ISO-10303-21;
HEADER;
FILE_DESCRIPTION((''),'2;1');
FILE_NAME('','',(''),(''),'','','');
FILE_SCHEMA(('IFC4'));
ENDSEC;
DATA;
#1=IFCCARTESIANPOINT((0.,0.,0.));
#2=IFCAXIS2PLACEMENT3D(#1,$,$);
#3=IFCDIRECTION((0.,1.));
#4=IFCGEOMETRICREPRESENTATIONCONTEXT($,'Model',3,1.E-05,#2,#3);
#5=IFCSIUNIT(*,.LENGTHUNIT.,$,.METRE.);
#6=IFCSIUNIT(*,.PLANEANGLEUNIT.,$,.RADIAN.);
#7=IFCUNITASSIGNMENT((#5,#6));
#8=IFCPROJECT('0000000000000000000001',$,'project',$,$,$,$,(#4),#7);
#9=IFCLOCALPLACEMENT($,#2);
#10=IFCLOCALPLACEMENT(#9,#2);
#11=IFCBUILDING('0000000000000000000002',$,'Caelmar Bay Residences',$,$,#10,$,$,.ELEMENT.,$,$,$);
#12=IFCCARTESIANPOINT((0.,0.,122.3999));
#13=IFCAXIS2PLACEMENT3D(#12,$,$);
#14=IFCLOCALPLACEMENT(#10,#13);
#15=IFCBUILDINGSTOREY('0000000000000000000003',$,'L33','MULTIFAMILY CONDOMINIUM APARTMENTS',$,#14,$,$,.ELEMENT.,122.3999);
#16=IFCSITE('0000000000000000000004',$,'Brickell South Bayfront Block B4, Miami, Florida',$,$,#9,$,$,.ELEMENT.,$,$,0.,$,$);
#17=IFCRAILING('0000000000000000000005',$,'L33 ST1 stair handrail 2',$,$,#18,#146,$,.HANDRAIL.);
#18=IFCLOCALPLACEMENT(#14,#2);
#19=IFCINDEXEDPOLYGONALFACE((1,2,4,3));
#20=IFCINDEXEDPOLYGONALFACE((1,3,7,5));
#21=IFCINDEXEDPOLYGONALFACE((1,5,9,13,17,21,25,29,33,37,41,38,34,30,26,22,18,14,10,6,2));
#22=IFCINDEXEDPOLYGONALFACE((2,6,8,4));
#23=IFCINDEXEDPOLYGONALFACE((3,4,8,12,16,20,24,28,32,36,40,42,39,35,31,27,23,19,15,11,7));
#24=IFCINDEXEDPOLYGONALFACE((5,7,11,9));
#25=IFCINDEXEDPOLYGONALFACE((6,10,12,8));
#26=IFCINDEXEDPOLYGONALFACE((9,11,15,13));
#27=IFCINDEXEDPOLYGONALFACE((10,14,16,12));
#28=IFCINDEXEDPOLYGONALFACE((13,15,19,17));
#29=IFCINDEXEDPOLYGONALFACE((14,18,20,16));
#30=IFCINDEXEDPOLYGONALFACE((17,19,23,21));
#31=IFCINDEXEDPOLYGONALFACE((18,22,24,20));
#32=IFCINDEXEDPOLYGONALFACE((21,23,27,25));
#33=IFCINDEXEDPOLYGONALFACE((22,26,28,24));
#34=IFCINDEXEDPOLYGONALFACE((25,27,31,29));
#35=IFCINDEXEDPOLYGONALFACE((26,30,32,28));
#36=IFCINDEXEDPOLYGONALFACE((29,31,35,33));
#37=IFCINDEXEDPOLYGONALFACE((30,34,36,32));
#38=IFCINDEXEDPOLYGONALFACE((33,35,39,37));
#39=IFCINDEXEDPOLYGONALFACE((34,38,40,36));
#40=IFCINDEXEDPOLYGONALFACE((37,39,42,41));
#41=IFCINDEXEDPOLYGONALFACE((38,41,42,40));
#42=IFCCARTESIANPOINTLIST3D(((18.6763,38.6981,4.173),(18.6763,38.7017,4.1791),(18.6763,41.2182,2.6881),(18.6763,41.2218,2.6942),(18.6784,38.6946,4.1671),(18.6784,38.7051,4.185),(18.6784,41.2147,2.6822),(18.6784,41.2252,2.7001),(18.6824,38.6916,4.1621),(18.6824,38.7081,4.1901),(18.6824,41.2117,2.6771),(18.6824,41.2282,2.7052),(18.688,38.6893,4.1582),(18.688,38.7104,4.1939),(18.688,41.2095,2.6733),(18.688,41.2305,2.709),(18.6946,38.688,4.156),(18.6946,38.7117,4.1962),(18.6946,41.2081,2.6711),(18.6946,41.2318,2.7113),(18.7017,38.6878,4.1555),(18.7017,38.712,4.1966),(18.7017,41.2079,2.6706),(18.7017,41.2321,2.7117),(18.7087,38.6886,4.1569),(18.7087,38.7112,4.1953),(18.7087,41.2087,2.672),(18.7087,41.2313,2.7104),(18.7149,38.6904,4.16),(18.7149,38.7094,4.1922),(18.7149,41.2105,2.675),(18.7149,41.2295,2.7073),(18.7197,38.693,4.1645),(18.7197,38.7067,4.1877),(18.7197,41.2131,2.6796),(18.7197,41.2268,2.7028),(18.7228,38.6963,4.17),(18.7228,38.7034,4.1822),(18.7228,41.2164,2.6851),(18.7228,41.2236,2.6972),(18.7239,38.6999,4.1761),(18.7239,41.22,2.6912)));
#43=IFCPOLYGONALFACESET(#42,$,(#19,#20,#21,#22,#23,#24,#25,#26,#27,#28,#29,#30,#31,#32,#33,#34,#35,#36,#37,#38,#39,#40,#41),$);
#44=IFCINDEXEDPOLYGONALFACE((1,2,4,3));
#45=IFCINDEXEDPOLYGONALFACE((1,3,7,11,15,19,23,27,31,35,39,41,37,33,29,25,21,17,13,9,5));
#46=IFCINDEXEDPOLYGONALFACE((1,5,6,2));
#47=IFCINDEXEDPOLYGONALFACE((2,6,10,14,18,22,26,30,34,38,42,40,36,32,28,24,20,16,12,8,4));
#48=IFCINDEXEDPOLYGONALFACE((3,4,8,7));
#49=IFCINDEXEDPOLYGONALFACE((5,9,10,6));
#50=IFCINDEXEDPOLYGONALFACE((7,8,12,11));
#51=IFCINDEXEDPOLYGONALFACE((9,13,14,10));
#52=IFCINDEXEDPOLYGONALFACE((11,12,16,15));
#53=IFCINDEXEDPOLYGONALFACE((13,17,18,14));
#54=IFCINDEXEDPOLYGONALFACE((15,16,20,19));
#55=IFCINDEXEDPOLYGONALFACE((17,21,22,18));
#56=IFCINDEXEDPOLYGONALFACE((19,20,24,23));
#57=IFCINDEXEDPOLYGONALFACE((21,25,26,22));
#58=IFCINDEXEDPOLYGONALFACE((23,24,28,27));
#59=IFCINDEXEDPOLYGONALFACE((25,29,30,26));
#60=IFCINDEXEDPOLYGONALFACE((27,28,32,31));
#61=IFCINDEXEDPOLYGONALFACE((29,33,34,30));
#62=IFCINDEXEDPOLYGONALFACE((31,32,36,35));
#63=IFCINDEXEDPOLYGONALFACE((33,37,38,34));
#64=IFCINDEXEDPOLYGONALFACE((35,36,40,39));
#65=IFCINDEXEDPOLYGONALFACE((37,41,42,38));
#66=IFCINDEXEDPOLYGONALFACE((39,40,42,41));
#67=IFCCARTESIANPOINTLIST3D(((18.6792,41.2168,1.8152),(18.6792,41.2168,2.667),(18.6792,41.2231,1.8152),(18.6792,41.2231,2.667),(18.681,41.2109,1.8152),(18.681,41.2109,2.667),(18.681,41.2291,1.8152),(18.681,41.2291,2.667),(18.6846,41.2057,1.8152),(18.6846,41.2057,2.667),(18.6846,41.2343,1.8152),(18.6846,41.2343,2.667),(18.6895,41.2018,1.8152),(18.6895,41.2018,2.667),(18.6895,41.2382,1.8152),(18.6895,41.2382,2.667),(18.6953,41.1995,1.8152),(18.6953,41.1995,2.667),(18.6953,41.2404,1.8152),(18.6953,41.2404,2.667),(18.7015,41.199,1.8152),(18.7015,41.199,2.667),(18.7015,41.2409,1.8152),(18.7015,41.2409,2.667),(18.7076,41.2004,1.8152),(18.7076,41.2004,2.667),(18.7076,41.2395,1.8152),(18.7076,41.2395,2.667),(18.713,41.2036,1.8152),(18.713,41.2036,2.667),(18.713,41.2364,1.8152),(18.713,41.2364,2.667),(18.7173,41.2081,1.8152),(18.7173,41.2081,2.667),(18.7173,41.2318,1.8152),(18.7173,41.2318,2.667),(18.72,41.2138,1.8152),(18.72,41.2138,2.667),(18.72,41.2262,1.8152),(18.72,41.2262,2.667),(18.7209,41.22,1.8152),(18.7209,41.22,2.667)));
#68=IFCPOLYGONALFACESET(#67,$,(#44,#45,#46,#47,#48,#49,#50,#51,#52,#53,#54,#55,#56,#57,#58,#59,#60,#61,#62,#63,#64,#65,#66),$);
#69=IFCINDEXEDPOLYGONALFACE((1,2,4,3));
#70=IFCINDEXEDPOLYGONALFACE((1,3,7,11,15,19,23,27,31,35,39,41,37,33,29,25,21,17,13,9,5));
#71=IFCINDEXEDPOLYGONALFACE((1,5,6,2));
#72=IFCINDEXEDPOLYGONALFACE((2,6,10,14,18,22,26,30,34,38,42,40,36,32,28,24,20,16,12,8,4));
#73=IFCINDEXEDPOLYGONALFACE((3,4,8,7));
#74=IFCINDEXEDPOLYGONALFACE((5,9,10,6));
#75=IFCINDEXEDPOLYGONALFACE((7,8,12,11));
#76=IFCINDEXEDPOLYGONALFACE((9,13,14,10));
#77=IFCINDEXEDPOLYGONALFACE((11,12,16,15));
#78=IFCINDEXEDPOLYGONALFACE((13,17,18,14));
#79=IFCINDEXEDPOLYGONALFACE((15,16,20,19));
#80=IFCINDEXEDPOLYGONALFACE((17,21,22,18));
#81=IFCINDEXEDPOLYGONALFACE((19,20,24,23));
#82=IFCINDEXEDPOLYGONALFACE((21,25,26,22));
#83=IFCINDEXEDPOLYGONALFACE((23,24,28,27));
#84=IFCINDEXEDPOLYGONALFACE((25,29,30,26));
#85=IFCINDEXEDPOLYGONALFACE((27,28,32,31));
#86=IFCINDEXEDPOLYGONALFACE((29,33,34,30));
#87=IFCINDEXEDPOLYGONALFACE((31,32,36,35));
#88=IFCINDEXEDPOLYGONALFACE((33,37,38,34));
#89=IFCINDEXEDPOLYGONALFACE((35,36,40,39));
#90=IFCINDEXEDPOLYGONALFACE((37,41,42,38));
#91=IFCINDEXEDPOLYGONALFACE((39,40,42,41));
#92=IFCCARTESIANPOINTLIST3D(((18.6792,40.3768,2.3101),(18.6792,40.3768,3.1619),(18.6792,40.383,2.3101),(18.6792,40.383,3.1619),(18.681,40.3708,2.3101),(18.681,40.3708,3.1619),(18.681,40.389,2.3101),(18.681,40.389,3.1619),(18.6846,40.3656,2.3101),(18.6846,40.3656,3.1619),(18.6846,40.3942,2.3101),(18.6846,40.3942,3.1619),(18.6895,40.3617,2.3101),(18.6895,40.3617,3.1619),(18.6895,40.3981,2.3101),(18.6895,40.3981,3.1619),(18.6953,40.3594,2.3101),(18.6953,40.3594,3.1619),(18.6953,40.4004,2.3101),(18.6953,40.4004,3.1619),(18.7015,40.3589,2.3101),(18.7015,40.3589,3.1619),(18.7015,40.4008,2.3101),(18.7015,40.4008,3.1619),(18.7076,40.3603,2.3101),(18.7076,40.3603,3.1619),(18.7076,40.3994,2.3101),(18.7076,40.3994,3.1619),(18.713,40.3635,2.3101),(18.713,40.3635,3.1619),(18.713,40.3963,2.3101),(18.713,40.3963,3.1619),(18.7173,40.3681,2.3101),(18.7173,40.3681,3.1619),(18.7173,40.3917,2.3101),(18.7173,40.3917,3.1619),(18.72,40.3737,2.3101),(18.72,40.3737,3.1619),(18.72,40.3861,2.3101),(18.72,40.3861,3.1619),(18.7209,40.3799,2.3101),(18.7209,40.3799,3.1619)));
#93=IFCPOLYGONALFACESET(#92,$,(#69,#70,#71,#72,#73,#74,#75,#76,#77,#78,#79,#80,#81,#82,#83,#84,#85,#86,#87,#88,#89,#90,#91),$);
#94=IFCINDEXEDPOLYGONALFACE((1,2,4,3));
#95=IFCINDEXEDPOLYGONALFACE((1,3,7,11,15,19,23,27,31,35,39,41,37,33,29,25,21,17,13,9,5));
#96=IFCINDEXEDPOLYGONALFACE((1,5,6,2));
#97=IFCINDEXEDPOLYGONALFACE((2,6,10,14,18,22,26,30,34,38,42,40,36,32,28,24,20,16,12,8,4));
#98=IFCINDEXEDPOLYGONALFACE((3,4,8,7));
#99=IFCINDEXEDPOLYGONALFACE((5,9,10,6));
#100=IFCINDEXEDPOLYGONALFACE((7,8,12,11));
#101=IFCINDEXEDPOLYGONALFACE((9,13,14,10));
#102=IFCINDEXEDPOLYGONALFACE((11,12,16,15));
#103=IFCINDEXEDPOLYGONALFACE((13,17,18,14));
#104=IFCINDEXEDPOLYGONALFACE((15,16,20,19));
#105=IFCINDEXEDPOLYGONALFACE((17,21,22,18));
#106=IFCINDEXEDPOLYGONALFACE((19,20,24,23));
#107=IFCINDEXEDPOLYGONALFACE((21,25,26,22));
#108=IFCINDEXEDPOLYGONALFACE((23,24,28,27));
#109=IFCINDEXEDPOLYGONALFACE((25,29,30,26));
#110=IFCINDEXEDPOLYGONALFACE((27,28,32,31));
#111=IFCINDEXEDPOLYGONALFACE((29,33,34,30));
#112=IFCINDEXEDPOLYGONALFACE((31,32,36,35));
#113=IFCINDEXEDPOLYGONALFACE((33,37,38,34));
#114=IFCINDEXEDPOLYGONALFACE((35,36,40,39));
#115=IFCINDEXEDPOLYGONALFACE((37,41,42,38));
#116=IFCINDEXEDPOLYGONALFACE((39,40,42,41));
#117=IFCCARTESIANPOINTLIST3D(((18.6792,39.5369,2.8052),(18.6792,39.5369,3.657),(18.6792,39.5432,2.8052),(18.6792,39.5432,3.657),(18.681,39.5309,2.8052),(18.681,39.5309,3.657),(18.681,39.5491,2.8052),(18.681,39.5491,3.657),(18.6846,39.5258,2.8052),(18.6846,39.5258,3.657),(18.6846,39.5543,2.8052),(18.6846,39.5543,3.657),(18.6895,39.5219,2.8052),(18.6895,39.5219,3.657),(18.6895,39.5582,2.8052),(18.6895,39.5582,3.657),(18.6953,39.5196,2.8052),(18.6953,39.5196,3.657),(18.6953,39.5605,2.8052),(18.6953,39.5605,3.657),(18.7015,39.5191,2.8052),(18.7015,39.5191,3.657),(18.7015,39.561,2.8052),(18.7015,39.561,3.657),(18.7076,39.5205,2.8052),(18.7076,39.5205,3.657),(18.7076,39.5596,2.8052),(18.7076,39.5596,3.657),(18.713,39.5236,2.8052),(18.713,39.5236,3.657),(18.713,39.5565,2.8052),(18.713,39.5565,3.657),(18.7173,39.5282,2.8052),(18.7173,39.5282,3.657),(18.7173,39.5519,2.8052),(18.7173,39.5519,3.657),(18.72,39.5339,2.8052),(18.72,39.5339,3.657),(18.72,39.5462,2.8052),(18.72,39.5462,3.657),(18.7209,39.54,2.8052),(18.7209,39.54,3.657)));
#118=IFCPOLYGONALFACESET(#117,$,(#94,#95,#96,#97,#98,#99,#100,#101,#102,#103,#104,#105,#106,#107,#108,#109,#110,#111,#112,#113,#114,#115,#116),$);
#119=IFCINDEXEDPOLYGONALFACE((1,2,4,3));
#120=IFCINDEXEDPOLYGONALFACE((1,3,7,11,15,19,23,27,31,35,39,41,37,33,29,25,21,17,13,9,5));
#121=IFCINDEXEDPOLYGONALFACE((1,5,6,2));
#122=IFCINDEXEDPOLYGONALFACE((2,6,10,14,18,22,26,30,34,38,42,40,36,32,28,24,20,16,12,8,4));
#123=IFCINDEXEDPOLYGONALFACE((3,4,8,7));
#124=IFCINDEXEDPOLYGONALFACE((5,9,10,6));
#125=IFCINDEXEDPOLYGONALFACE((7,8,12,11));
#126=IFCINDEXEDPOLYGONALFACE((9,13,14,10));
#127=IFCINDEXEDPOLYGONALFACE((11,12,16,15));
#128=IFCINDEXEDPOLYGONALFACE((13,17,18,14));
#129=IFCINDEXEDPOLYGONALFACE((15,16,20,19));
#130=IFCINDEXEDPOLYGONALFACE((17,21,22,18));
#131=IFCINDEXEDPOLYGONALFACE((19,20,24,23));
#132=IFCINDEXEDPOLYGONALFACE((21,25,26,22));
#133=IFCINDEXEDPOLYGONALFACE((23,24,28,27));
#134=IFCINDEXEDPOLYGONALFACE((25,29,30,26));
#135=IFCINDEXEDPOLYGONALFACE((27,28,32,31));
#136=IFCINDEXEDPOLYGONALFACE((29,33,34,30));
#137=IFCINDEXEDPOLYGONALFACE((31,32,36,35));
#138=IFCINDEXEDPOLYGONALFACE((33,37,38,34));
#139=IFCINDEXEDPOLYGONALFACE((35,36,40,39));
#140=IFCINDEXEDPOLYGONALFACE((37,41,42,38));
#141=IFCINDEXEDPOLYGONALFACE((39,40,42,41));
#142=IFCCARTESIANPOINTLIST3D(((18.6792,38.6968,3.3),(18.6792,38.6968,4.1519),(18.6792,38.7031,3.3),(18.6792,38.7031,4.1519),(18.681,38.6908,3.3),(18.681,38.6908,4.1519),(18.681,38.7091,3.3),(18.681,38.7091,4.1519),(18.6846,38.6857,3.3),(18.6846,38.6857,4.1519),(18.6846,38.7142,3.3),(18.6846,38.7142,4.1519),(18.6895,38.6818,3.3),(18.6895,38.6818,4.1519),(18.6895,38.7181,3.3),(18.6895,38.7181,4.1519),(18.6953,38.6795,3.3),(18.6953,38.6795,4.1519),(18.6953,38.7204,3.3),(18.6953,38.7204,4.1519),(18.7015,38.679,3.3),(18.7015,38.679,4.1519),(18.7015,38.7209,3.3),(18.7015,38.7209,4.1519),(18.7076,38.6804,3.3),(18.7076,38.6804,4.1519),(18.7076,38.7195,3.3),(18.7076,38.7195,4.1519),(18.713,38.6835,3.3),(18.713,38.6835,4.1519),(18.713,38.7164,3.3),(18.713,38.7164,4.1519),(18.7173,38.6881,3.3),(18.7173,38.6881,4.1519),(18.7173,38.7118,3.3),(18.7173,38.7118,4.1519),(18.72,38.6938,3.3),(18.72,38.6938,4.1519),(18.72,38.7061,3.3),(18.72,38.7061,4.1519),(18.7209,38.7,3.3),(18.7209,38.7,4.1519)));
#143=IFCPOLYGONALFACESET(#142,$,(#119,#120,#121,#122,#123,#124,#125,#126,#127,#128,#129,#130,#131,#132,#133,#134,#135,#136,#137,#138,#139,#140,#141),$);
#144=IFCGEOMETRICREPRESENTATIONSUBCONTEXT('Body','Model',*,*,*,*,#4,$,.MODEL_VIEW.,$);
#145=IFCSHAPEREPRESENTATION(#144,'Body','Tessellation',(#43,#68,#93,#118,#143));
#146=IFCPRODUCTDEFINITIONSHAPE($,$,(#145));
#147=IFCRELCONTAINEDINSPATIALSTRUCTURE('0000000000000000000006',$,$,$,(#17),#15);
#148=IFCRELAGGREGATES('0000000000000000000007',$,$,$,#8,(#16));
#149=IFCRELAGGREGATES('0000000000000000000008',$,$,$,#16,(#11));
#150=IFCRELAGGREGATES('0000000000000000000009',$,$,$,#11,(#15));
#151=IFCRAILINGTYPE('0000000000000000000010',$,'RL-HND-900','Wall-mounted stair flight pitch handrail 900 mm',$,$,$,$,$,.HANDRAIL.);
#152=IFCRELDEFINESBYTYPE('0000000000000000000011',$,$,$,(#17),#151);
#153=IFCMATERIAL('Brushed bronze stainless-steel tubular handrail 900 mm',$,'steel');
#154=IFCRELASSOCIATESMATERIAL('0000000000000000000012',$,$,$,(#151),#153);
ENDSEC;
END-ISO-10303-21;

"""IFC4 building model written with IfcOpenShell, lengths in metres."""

from ifc_helpers import new_model, si_unit, direction, frame, origin, origin_2d, place, context, subcontext, project, spatial, circle, extrude, material, type_object, element, save


model = new_model("IFC4")

# Units and contexts
model_context = context("Model", 3, precision=1e-05, world=origin(), true_north=direction((0.0, 1.0)))
body_context = subcontext(model_context, "Body", "Model", "MODEL_VIEW")
ifc_project = project(units=[si_unit("LENGTHUNIT", "METRE"), si_unit("PLANEANGLEUNIT", "RADIAN")], contexts=[model_context])

# Site, building, storey
site_placement = place(None, origin())
site = spatial("IfcSite", under=ifc_project, at=site_placement, Name="Brickell South Bayfront Block B4, Miami, Florida", CompositionType="ELEMENT", RefElevation=0.0)
building_placement = place(site_placement, origin())
building = spatial("IfcBuilding", under=site, at=building_placement, Name="Caelmar Bay Residences", CompositionType="ELEMENT")
storey_placement = place(building_placement, frame((0.0, 0.0, 122.3999)))
storey = spatial("IfcBuildingStorey", under=building, at=storey_placement, Name="L33", Description="MULTIFAMILY CONDOMINIUM APARTMENTS", CompositionType="ELEMENT", Elevation=122.3999)

# Railing
ifc_material_1 = material(Name="Brushed bronze stainless-steel tubular handrail 900 mm", Category="steel")
railing_type_1 = type_object("IfcRailingType", Name="RL-HND-900", Description="Wall-mounted stair flight pitch handrail 900 mm", PredefinedType="HANDRAIL", material=ifc_material_1)
railing_1_placement = place(storey_placement, frame((18.7, 41.22, 1.8152)))
element("IfcRailing", 1, at=railing_1_placement, inside=storey, type_object=railing_type_1, Name="L33 ST1 stair handrail 2", PredefinedType="HANDRAIL", context=body_context, shape_type="SweptSolid", body=[
    extrude(circle(Radius=0.0239, at=origin_2d()), frame((0.0, 0.0, 0.876), z_axis=(0.0, -0.861561, 0.507655), x_axis=(1.0, 0.0, 0.0)), (0.0, 0.0, 1.0), 2.925),
    extrude(circle(Radius=0.021, at=origin_2d()), origin(), (0.0, 0.0, 1.0), 0.8518),
    extrude(circle(Radius=0.021, at=origin_2d()), frame((0.0, -0.8401, 0.4949)), (0.0, 0.0, 1.0), 0.8518),
    extrude(circle(Radius=0.021, at=origin_2d()), frame((0.0, -1.6799, 0.99)), (0.0, 0.0, 1.0), 0.8518),
    extrude(circle(Radius=0.021, at=origin_2d()), frame((0.0, -2.52, 1.4849)), (0.0, 0.0, 1.0), 0.8518),
])

save(model, "model.ifc")
